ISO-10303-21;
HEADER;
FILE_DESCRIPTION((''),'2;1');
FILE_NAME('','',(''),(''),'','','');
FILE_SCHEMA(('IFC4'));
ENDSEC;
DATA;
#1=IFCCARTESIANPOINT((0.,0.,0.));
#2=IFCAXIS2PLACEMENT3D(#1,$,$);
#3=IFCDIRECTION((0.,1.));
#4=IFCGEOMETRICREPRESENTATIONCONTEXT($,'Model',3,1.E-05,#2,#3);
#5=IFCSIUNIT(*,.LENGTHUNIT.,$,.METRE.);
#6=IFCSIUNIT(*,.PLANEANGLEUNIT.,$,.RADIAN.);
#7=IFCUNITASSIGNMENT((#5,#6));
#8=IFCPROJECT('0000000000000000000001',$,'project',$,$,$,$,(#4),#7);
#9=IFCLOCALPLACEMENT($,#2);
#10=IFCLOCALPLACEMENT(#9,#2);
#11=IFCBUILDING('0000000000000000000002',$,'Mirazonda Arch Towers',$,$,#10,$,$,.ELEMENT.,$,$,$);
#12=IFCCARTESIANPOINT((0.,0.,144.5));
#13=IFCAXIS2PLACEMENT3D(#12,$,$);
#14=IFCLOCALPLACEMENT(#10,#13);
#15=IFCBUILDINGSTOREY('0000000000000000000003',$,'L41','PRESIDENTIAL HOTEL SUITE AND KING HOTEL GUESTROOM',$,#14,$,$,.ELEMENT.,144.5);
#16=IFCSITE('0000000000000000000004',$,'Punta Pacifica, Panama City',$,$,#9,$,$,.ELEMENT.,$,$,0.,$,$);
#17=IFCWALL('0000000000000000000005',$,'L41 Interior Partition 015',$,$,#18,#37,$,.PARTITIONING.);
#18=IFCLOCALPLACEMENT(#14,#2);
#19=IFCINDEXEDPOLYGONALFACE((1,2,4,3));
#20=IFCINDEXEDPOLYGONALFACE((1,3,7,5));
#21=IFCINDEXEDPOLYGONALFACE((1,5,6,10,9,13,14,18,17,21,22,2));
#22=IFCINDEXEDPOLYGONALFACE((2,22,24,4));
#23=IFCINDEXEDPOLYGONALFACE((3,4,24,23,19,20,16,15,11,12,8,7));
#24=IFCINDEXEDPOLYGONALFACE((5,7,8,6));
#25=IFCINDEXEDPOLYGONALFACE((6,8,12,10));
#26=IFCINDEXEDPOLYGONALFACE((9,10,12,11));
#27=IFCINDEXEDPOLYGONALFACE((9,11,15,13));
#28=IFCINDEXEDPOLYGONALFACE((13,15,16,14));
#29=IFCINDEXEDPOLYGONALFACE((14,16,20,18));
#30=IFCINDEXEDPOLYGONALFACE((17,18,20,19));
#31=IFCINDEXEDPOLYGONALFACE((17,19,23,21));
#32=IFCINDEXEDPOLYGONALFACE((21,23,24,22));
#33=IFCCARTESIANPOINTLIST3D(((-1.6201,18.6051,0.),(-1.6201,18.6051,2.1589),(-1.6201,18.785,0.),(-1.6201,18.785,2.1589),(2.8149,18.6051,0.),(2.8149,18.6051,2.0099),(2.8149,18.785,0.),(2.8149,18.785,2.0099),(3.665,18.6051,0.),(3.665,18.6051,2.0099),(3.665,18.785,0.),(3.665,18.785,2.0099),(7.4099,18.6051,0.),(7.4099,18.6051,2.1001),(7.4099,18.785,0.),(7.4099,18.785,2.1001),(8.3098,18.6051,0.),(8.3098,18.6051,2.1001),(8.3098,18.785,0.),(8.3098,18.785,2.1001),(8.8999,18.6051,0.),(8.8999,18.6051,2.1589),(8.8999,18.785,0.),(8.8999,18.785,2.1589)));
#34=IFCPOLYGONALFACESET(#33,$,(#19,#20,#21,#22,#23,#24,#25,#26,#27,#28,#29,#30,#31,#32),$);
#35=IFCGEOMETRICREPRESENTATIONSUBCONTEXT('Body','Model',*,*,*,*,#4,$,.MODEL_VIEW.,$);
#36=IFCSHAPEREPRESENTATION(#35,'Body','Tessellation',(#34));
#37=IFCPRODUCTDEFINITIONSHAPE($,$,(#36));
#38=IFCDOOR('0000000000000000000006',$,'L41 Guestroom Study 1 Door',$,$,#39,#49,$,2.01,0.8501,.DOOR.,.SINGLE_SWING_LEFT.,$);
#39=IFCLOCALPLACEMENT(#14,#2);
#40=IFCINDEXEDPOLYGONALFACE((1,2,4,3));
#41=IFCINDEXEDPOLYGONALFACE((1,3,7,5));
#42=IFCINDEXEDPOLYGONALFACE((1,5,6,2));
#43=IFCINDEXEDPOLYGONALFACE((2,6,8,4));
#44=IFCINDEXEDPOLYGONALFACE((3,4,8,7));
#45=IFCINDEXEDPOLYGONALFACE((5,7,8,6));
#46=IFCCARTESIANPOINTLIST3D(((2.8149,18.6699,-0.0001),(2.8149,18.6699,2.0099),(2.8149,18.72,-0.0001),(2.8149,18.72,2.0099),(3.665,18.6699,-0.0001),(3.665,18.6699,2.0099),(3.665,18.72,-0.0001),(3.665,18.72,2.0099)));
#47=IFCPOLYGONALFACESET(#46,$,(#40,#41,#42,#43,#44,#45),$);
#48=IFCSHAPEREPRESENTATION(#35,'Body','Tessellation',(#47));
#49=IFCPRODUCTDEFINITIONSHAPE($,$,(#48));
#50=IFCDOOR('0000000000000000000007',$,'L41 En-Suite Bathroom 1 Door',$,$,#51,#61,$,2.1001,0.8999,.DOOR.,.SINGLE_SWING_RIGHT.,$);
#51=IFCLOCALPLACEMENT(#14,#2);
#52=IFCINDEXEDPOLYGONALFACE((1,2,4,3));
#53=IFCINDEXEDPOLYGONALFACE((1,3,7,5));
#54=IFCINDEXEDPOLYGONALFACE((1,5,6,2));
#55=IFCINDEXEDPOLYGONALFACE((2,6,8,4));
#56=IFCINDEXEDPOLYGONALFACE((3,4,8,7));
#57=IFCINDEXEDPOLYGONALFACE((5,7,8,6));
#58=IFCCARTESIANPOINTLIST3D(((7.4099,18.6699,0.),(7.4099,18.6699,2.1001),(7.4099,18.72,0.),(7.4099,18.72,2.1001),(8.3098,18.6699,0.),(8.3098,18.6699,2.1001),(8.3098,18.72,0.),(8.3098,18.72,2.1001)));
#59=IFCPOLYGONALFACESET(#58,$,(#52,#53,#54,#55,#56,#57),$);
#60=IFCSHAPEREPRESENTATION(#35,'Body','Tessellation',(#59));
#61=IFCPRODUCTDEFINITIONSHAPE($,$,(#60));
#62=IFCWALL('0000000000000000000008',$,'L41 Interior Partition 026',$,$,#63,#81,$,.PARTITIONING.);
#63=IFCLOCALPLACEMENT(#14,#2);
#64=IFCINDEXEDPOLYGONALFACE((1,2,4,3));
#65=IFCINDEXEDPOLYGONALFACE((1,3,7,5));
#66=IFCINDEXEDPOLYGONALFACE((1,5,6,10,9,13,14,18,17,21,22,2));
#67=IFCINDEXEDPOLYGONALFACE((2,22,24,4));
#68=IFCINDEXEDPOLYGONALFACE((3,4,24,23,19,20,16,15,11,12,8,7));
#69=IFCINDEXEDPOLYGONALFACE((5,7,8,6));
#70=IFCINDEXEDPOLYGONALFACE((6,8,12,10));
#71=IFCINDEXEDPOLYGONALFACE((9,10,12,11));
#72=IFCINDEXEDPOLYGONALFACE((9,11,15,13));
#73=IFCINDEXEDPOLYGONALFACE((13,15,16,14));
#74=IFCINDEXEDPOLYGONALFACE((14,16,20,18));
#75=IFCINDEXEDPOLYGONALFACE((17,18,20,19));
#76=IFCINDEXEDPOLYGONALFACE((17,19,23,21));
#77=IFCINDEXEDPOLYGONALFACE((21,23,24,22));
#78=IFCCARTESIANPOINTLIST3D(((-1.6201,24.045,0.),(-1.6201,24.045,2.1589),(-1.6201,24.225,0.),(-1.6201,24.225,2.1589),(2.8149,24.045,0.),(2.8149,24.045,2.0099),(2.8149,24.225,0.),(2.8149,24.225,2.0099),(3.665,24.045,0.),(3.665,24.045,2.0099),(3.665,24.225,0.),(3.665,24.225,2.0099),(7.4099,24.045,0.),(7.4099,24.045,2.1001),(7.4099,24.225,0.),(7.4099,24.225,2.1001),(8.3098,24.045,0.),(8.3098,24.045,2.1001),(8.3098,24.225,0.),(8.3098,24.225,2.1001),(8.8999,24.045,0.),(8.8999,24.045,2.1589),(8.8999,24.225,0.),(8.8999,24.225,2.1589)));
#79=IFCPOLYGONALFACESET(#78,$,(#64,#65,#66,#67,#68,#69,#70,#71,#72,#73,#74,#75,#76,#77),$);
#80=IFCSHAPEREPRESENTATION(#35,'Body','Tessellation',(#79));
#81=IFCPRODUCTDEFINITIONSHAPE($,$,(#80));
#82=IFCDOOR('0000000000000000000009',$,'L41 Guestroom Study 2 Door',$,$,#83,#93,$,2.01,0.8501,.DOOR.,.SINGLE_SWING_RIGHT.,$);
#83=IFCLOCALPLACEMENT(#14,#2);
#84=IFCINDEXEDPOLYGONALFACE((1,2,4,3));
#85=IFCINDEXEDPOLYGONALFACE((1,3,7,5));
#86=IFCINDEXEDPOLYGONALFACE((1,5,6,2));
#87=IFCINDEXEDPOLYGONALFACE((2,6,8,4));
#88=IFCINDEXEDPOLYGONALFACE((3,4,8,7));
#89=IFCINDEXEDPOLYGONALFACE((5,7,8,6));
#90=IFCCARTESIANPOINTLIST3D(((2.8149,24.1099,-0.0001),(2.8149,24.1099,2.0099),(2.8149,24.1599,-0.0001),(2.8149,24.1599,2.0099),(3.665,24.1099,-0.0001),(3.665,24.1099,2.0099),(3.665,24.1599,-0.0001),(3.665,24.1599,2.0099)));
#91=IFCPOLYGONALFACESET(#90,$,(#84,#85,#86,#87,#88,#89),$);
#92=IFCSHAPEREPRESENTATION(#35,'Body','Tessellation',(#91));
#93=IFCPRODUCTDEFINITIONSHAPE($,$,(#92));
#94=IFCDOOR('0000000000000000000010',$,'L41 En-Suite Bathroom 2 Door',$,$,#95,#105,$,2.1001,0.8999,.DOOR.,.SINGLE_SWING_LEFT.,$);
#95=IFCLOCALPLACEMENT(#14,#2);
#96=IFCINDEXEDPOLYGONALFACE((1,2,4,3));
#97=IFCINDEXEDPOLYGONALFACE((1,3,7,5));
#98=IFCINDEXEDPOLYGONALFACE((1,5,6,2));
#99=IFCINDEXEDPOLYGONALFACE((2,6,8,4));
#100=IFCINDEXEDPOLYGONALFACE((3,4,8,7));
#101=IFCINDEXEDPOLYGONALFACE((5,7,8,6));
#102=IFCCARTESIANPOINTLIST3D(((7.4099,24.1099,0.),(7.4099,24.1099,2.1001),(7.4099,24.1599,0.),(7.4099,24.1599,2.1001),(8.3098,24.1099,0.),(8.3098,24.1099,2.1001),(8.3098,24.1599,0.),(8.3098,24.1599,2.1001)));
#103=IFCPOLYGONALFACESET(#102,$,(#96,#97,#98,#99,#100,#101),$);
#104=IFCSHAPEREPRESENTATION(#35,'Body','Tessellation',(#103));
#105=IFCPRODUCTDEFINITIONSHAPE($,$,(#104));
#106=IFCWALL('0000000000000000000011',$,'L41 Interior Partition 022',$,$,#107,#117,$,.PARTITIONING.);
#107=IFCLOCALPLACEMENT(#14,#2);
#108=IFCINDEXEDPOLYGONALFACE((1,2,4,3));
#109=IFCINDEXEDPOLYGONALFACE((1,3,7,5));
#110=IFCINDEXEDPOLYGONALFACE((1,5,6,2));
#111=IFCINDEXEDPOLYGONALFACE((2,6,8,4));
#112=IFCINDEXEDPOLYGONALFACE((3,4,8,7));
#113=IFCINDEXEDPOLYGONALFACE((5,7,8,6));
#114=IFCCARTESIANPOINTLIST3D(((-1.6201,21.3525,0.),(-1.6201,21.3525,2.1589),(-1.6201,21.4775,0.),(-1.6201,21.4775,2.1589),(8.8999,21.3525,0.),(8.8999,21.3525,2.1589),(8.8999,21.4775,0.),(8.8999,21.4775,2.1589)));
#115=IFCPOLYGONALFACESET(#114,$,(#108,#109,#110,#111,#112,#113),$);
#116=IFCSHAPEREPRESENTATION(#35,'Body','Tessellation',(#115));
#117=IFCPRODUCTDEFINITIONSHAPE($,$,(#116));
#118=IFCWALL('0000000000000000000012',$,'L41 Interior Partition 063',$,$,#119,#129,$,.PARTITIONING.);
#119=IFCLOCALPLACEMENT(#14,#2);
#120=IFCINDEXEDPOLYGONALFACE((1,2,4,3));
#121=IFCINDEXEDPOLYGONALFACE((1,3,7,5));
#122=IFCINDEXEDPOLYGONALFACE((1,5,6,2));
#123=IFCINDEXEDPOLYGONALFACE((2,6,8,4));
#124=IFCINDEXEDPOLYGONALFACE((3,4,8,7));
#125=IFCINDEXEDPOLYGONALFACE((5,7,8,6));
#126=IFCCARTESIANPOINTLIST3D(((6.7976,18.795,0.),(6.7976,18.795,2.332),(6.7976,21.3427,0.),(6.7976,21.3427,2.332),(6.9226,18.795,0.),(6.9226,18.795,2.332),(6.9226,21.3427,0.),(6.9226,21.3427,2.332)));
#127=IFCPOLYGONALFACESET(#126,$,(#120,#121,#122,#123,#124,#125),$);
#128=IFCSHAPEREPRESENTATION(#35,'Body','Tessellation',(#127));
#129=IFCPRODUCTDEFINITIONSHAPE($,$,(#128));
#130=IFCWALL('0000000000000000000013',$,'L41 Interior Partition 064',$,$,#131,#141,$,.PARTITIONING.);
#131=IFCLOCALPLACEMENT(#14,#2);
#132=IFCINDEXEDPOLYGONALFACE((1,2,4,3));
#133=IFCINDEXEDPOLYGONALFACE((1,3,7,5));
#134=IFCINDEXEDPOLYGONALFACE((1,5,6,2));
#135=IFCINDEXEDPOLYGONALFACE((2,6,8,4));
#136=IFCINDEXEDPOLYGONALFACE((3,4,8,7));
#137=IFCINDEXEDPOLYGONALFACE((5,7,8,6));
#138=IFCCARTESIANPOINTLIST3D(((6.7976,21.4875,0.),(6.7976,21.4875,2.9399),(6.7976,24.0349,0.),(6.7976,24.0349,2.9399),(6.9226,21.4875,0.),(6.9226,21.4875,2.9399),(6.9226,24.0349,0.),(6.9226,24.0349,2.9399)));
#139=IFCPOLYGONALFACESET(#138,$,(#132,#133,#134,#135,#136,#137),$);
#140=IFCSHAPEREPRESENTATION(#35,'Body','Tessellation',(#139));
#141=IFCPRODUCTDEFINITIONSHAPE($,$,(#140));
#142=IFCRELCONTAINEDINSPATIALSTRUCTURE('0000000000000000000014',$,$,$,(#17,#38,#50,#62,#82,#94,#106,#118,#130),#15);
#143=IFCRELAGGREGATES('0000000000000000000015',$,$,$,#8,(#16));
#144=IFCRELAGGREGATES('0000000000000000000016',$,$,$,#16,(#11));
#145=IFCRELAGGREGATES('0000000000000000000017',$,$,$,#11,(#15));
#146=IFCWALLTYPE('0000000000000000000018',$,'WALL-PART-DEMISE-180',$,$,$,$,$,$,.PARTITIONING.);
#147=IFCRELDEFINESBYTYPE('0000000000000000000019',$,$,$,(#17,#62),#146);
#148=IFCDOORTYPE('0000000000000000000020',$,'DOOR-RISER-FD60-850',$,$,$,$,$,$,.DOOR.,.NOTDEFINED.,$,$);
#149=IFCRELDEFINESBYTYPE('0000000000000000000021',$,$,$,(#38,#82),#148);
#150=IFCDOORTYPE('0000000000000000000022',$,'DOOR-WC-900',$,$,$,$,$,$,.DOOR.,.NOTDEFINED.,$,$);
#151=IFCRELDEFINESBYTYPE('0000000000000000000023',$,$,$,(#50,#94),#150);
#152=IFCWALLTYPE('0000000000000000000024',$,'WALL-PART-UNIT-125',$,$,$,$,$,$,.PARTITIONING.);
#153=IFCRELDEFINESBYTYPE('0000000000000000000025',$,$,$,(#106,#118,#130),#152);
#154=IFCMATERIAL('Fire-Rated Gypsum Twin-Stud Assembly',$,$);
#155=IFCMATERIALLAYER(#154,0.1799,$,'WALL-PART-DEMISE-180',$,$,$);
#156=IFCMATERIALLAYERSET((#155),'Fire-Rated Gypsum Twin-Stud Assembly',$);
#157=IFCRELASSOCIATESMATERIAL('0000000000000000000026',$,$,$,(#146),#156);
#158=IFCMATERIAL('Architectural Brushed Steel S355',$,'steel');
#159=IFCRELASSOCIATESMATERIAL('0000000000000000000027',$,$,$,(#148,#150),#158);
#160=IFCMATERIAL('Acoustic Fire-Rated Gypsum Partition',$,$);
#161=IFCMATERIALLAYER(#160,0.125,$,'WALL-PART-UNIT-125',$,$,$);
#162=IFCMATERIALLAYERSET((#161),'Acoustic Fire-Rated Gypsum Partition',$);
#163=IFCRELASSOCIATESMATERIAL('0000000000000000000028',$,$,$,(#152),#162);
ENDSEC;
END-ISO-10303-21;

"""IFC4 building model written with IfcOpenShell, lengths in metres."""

from ifc_helpers import new_model, si_unit, direction, frame, frame_2d, origin, place, context, subcontext, project, spatial, rectangle, extrude, material, layer, layer_set, type_object, element, fill, save


model = new_model("IFC4")

# Units and contexts
model_context = context("Model", 3, precision=1e-05, world=origin(), true_north=direction((0.0, 1.0)))
body_context = subcontext(model_context, "Body", "Model", "MODEL_VIEW")
ifc_project = project(units=[si_unit("LENGTHUNIT", "METRE"), si_unit("PLANEANGLEUNIT", "RADIAN")], contexts=[model_context])

# Site, building, storey
site_placement = place(None, origin())
site = spatial("IfcSite", under=ifc_project, at=site_placement, Name="Punta Pacifica, Panama City", CompositionType="ELEMENT", RefElevation=0.0)
building_placement = place(site_placement, origin())
building = spatial("IfcBuilding", under=site, at=building_placement, Name="Mirazonda Arch Towers", CompositionType="ELEMENT")
storey_placement = place(building_placement, frame((0.0, 0.0, 144.5)))
storey = spatial("IfcBuildingStorey", under=building, at=storey_placement, Name="L41", Description="PRESIDENTIAL HOTEL SUITE AND KING HOTEL GUESTROOM", CompositionType="ELEMENT", Elevation=144.5)

# Walls, openings, doors
ifc_material_1 = material(Name="Fire-Rated Gypsum Twin-Stud Assembly")
ifc_layer_1 = layer(ifc_material_1, 0.1799, Name="WALL-PART-DEMISE-180")
ifc_layer_set_1 = layer_set([ifc_layer_1], Name="Fire-Rated Gypsum Twin-Stud Assembly")
wall_type_1 = type_object("IfcWallType", Name="WALL-PART-DEMISE-180", PredefinedType="PARTITIONING", material=ifc_layer_set_1)
wall_1_placement = place(storey_placement, frame((-1.6201, 18.6951, 0.0), z_axis=(0.0, 0.0, 1.0), x_axis=(1.0, 0.0, 0.0)))
wall_1 = element("IfcWall", 1, at=wall_1_placement, inside=storey, type_object=wall_type_1, Name="L41 Interior Partition 015", PredefinedType="PARTITIONING", context=body_context, shape_type="SweptSolid", body=[
    extrude(rectangle(XDim=10.52, YDim=0.1799, at=frame_2d((5.26, 0.0))), origin(), (0.0, 0.0, 1.0), 2.1589),
])
opening_1_placement = place(wall_1_placement, frame((4.4351, 0.0, 0.0)))
opening_1 = element("IfcOpeningElement", 2, at=opening_1_placement, cuts=wall_1, PredefinedType="OPENING", context=body_context, shape_type="SweptSolid", body=[
    extrude(rectangle(XDim=0.8501, YDim=2.01, at=frame_2d((0.425, 1.0049))), frame((0.0, 0.0999, 0.0), z_axis=(0.0, -1.0, 0.0), x_axis=(1.0, 0.0, 0.0)), (0.0, 0.0, 1.0), 0.2),
])
opening_2_placement = place(wall_1_placement, frame((9.03, 0.0, 0.0)))
opening_2 = element("IfcOpeningElement", 3, at=opening_2_placement, cuts=wall_1, PredefinedType="OPENING", context=body_context, shape_type="SweptSolid", body=[
    extrude(rectangle(XDim=0.8999, YDim=2.1001, at=frame_2d((0.45, 1.05))), frame((0.0, 0.0999, 0.0), z_axis=(0.0, -1.0, 0.0), x_axis=(1.0, 0.0, 0.0)), (0.0, 0.0, 1.0), 0.2),
])
ifc_material_2 = material(Name="Architectural Brushed Steel S355", Category="steel")
door_type_1 = type_object("IfcDoorType", Name="DOOR-RISER-FD60-850", OperationType="NOTDEFINED", PredefinedType="DOOR", material=ifc_material_2)
door_1_placement = place(opening_1_placement, origin())
door_1 = element("IfcDoor", 4, at=door_1_placement, inside=storey, type_object=door_type_1, Name="L41 Guestroom Study 1 Door", OperationType="SINGLE_SWING_LEFT", OverallHeight=2.01, OverallWidth=0.8501, PredefinedType="DOOR", context=body_context, shape_type="SweptSolid", body=[
    extrude(rectangle(XDim=0.8501, YDim=2.01, at=frame_2d((0.425, 1.0049))), frame((0.0, 0.0249, 0.0), z_axis=(0.0, -1.0, 0.0), x_axis=(1.0, 0.0, 0.0)), (0.0, 0.0, 1.0), 0.05),
])
fill(opening_1, door_1)
door_type_2 = type_object("IfcDoorType", Name="DOOR-WC-900", OperationType="NOTDEFINED", PredefinedType="DOOR", material=ifc_material_2)
door_2_placement = place(opening_2_placement, origin())
door_2 = element("IfcDoor", 5, at=door_2_placement, inside=storey, type_object=door_type_2, Name="L41 En-Suite Bathroom 1 Door", OperationType="SINGLE_SWING_RIGHT", OverallHeight=2.1001, OverallWidth=0.8999, PredefinedType="DOOR", context=body_context, shape_type="SweptSolid", body=[
    extrude(rectangle(XDim=0.8999, YDim=2.1001, at=frame_2d((0.45, 1.05))), frame((0.0, 0.0249, 0.0), z_axis=(0.0, -1.0, 0.0), x_axis=(1.0, 0.0, 0.0)), (0.0, 0.0, 1.0), 0.05),
])
fill(opening_2, door_2)
wall_2_placement = place(storey_placement, frame((-1.6201, 24.135, 0.0), z_axis=(0.0, 0.0, 1.0), x_axis=(1.0, 0.0, 0.0)))
wall_2 = element("IfcWall", 6, at=wall_2_placement, inside=storey, type_object=wall_type_1, Name="L41 Interior Partition 026", PredefinedType="PARTITIONING", context=body_context, shape_type="SweptSolid", body=[
    extrude(rectangle(XDim=10.52, YDim=0.1799, at=frame_2d((5.26, 0.0))), origin(), (0.0, 0.0, 1.0), 2.1589),
])
opening_3_placement = place(wall_2_placement, frame((4.4351, 0.0, 0.0)))
opening_3 = element("IfcOpeningElement", 7, at=opening_3_placement, cuts=wall_2, PredefinedType="OPENING", context=body_context, shape_type="SweptSolid", body=[
    extrude(rectangle(XDim=0.8501, YDim=2.01, at=frame_2d((0.425, 1.0049))), frame((0.0, 0.0999, 0.0), z_axis=(0.0, -1.0, 0.0), x_axis=(1.0, 0.0, 0.0)), (0.0, 0.0, 1.0), 0.2),
])
opening_4_placement = place(wall_2_placement, frame((9.03, 0.0, 0.0)))
opening_4 = element("IfcOpeningElement", 8, at=opening_4_placement, cuts=wall_2, PredefinedType="OPENING", context=body_context, shape_type="SweptSolid", body=[
    extrude(rectangle(XDim=0.8999, YDim=2.1001, at=frame_2d((0.45, 1.05))), frame((0.0, 0.0999, 0.0), z_axis=(0.0, -1.0, 0.0), x_axis=(1.0, 0.0, 0.0)), (0.0, 0.0, 1.0), 0.2),
])
door_3_placement = place(opening_3_placement, origin())
door_3 = element("IfcDoor", 9, at=door_3_placement, inside=storey, type_object=door_type_1, Name="L41 Guestroom Study 2 Door", OperationType="SINGLE_SWING_RIGHT", OverallHeight=2.01, OverallWidth=0.8501, PredefinedType="DOOR", context=body_context, shape_type="SweptSolid", body=[
    extrude(rectangle(XDim=0.8501, YDim=2.01, at=frame_2d((0.425, 1.0049))), frame((0.0, 0.0249, 0.0), z_axis=(0.0, -1.0, 0.0), x_axis=(1.0, 0.0, 0.0)), (0.0, 0.0, 1.0), 0.05),
])
fill(opening_3, door_3)
door_4_placement = place(opening_4_placement, origin())
door_4 = element("IfcDoor", 10, at=door_4_placement, inside=storey, type_object=door_type_2, Name="L41 En-Suite Bathroom 2 Door", OperationType="SINGLE_SWING_LEFT", OverallHeight=2.1001, OverallWidth=0.8999, PredefinedType="DOOR", context=body_context, shape_type="SweptSolid", body=[
    extrude(rectangle(XDim=0.8999, YDim=2.1001, at=frame_2d((0.45, 1.05))), frame((0.0, 0.0249, 0.0), z_axis=(0.0, -1.0, 0.0), x_axis=(1.0, 0.0, 0.0)), (0.0, 0.0, 1.0), 0.05),
])
fill(opening_4, door_4)

# Walls
ifc_material_3 = material(Name="Acoustic Fire-Rated Gypsum Partition")
ifc_layer_2 = layer(ifc_material_3, 0.125, Name="WALL-PART-UNIT-125")
ifc_layer_set_2 = layer_set([ifc_layer_2], Name="Acoustic Fire-Rated Gypsum Partition")
wall_type_2 = type_object("IfcWallType", Name="WALL-PART-UNIT-125", PredefinedType="PARTITIONING", material=ifc_layer_set_2)
wall_3_placement = place(storey_placement, frame((-1.6201, 21.415, 0.0), z_axis=(0.0, 0.0, 1.0), x_axis=(1.0, 0.0, 0.0)))
element("IfcWall", 11, at=wall_3_placement, inside=storey, type_object=wall_type_2, Name="L41 Interior Partition 022", PredefinedType="PARTITIONING", context=body_context, shape_type="SweptSolid", body=[
    extrude(rectangle(XDim=10.52, YDim=0.125, at=frame_2d((5.26, 0.0))), origin(), (0.0, 0.0, 1.0), 2.1589),
])
wall_4_placement = place(storey_placement, frame((6.8601, 18.7949, 0.0), z_axis=(0.0, 0.0, 1.0), x_axis=(0.0, 1.0, 0.0)))
element("IfcWall", 12, at=wall_4_placement, inside=storey, type_object=wall_type_2, Name="L41 Interior Partition 063", PredefinedType="PARTITIONING", context=body_context, shape_type="SweptSolid", body=[
    extrude(rectangle(XDim=2.5476, YDim=0.125, at=frame_2d((1.2739, 0.0))), origin(), (0.0, 0.0, 1.0), 2.332),
])
wall_5_placement = place(storey_placement, frame((6.8601, 21.4875, 0.0), z_axis=(0.0, 0.0, 1.0), x_axis=(0.0, 1.0, 0.0)))
element("IfcWall", 13, at=wall_5_placement, inside=storey, type_object=wall_type_2, Name="L41 Interior Partition 064", PredefinedType="PARTITIONING", context=body_context, shape_type="SweptSolid", body=[
    extrude(rectangle(XDim=2.5474, YDim=0.125, at=frame_2d((1.2737, 0.0))), origin(), (0.0, 0.0, 1.0), 2.9399),
])

save(model, "model.ifc")
